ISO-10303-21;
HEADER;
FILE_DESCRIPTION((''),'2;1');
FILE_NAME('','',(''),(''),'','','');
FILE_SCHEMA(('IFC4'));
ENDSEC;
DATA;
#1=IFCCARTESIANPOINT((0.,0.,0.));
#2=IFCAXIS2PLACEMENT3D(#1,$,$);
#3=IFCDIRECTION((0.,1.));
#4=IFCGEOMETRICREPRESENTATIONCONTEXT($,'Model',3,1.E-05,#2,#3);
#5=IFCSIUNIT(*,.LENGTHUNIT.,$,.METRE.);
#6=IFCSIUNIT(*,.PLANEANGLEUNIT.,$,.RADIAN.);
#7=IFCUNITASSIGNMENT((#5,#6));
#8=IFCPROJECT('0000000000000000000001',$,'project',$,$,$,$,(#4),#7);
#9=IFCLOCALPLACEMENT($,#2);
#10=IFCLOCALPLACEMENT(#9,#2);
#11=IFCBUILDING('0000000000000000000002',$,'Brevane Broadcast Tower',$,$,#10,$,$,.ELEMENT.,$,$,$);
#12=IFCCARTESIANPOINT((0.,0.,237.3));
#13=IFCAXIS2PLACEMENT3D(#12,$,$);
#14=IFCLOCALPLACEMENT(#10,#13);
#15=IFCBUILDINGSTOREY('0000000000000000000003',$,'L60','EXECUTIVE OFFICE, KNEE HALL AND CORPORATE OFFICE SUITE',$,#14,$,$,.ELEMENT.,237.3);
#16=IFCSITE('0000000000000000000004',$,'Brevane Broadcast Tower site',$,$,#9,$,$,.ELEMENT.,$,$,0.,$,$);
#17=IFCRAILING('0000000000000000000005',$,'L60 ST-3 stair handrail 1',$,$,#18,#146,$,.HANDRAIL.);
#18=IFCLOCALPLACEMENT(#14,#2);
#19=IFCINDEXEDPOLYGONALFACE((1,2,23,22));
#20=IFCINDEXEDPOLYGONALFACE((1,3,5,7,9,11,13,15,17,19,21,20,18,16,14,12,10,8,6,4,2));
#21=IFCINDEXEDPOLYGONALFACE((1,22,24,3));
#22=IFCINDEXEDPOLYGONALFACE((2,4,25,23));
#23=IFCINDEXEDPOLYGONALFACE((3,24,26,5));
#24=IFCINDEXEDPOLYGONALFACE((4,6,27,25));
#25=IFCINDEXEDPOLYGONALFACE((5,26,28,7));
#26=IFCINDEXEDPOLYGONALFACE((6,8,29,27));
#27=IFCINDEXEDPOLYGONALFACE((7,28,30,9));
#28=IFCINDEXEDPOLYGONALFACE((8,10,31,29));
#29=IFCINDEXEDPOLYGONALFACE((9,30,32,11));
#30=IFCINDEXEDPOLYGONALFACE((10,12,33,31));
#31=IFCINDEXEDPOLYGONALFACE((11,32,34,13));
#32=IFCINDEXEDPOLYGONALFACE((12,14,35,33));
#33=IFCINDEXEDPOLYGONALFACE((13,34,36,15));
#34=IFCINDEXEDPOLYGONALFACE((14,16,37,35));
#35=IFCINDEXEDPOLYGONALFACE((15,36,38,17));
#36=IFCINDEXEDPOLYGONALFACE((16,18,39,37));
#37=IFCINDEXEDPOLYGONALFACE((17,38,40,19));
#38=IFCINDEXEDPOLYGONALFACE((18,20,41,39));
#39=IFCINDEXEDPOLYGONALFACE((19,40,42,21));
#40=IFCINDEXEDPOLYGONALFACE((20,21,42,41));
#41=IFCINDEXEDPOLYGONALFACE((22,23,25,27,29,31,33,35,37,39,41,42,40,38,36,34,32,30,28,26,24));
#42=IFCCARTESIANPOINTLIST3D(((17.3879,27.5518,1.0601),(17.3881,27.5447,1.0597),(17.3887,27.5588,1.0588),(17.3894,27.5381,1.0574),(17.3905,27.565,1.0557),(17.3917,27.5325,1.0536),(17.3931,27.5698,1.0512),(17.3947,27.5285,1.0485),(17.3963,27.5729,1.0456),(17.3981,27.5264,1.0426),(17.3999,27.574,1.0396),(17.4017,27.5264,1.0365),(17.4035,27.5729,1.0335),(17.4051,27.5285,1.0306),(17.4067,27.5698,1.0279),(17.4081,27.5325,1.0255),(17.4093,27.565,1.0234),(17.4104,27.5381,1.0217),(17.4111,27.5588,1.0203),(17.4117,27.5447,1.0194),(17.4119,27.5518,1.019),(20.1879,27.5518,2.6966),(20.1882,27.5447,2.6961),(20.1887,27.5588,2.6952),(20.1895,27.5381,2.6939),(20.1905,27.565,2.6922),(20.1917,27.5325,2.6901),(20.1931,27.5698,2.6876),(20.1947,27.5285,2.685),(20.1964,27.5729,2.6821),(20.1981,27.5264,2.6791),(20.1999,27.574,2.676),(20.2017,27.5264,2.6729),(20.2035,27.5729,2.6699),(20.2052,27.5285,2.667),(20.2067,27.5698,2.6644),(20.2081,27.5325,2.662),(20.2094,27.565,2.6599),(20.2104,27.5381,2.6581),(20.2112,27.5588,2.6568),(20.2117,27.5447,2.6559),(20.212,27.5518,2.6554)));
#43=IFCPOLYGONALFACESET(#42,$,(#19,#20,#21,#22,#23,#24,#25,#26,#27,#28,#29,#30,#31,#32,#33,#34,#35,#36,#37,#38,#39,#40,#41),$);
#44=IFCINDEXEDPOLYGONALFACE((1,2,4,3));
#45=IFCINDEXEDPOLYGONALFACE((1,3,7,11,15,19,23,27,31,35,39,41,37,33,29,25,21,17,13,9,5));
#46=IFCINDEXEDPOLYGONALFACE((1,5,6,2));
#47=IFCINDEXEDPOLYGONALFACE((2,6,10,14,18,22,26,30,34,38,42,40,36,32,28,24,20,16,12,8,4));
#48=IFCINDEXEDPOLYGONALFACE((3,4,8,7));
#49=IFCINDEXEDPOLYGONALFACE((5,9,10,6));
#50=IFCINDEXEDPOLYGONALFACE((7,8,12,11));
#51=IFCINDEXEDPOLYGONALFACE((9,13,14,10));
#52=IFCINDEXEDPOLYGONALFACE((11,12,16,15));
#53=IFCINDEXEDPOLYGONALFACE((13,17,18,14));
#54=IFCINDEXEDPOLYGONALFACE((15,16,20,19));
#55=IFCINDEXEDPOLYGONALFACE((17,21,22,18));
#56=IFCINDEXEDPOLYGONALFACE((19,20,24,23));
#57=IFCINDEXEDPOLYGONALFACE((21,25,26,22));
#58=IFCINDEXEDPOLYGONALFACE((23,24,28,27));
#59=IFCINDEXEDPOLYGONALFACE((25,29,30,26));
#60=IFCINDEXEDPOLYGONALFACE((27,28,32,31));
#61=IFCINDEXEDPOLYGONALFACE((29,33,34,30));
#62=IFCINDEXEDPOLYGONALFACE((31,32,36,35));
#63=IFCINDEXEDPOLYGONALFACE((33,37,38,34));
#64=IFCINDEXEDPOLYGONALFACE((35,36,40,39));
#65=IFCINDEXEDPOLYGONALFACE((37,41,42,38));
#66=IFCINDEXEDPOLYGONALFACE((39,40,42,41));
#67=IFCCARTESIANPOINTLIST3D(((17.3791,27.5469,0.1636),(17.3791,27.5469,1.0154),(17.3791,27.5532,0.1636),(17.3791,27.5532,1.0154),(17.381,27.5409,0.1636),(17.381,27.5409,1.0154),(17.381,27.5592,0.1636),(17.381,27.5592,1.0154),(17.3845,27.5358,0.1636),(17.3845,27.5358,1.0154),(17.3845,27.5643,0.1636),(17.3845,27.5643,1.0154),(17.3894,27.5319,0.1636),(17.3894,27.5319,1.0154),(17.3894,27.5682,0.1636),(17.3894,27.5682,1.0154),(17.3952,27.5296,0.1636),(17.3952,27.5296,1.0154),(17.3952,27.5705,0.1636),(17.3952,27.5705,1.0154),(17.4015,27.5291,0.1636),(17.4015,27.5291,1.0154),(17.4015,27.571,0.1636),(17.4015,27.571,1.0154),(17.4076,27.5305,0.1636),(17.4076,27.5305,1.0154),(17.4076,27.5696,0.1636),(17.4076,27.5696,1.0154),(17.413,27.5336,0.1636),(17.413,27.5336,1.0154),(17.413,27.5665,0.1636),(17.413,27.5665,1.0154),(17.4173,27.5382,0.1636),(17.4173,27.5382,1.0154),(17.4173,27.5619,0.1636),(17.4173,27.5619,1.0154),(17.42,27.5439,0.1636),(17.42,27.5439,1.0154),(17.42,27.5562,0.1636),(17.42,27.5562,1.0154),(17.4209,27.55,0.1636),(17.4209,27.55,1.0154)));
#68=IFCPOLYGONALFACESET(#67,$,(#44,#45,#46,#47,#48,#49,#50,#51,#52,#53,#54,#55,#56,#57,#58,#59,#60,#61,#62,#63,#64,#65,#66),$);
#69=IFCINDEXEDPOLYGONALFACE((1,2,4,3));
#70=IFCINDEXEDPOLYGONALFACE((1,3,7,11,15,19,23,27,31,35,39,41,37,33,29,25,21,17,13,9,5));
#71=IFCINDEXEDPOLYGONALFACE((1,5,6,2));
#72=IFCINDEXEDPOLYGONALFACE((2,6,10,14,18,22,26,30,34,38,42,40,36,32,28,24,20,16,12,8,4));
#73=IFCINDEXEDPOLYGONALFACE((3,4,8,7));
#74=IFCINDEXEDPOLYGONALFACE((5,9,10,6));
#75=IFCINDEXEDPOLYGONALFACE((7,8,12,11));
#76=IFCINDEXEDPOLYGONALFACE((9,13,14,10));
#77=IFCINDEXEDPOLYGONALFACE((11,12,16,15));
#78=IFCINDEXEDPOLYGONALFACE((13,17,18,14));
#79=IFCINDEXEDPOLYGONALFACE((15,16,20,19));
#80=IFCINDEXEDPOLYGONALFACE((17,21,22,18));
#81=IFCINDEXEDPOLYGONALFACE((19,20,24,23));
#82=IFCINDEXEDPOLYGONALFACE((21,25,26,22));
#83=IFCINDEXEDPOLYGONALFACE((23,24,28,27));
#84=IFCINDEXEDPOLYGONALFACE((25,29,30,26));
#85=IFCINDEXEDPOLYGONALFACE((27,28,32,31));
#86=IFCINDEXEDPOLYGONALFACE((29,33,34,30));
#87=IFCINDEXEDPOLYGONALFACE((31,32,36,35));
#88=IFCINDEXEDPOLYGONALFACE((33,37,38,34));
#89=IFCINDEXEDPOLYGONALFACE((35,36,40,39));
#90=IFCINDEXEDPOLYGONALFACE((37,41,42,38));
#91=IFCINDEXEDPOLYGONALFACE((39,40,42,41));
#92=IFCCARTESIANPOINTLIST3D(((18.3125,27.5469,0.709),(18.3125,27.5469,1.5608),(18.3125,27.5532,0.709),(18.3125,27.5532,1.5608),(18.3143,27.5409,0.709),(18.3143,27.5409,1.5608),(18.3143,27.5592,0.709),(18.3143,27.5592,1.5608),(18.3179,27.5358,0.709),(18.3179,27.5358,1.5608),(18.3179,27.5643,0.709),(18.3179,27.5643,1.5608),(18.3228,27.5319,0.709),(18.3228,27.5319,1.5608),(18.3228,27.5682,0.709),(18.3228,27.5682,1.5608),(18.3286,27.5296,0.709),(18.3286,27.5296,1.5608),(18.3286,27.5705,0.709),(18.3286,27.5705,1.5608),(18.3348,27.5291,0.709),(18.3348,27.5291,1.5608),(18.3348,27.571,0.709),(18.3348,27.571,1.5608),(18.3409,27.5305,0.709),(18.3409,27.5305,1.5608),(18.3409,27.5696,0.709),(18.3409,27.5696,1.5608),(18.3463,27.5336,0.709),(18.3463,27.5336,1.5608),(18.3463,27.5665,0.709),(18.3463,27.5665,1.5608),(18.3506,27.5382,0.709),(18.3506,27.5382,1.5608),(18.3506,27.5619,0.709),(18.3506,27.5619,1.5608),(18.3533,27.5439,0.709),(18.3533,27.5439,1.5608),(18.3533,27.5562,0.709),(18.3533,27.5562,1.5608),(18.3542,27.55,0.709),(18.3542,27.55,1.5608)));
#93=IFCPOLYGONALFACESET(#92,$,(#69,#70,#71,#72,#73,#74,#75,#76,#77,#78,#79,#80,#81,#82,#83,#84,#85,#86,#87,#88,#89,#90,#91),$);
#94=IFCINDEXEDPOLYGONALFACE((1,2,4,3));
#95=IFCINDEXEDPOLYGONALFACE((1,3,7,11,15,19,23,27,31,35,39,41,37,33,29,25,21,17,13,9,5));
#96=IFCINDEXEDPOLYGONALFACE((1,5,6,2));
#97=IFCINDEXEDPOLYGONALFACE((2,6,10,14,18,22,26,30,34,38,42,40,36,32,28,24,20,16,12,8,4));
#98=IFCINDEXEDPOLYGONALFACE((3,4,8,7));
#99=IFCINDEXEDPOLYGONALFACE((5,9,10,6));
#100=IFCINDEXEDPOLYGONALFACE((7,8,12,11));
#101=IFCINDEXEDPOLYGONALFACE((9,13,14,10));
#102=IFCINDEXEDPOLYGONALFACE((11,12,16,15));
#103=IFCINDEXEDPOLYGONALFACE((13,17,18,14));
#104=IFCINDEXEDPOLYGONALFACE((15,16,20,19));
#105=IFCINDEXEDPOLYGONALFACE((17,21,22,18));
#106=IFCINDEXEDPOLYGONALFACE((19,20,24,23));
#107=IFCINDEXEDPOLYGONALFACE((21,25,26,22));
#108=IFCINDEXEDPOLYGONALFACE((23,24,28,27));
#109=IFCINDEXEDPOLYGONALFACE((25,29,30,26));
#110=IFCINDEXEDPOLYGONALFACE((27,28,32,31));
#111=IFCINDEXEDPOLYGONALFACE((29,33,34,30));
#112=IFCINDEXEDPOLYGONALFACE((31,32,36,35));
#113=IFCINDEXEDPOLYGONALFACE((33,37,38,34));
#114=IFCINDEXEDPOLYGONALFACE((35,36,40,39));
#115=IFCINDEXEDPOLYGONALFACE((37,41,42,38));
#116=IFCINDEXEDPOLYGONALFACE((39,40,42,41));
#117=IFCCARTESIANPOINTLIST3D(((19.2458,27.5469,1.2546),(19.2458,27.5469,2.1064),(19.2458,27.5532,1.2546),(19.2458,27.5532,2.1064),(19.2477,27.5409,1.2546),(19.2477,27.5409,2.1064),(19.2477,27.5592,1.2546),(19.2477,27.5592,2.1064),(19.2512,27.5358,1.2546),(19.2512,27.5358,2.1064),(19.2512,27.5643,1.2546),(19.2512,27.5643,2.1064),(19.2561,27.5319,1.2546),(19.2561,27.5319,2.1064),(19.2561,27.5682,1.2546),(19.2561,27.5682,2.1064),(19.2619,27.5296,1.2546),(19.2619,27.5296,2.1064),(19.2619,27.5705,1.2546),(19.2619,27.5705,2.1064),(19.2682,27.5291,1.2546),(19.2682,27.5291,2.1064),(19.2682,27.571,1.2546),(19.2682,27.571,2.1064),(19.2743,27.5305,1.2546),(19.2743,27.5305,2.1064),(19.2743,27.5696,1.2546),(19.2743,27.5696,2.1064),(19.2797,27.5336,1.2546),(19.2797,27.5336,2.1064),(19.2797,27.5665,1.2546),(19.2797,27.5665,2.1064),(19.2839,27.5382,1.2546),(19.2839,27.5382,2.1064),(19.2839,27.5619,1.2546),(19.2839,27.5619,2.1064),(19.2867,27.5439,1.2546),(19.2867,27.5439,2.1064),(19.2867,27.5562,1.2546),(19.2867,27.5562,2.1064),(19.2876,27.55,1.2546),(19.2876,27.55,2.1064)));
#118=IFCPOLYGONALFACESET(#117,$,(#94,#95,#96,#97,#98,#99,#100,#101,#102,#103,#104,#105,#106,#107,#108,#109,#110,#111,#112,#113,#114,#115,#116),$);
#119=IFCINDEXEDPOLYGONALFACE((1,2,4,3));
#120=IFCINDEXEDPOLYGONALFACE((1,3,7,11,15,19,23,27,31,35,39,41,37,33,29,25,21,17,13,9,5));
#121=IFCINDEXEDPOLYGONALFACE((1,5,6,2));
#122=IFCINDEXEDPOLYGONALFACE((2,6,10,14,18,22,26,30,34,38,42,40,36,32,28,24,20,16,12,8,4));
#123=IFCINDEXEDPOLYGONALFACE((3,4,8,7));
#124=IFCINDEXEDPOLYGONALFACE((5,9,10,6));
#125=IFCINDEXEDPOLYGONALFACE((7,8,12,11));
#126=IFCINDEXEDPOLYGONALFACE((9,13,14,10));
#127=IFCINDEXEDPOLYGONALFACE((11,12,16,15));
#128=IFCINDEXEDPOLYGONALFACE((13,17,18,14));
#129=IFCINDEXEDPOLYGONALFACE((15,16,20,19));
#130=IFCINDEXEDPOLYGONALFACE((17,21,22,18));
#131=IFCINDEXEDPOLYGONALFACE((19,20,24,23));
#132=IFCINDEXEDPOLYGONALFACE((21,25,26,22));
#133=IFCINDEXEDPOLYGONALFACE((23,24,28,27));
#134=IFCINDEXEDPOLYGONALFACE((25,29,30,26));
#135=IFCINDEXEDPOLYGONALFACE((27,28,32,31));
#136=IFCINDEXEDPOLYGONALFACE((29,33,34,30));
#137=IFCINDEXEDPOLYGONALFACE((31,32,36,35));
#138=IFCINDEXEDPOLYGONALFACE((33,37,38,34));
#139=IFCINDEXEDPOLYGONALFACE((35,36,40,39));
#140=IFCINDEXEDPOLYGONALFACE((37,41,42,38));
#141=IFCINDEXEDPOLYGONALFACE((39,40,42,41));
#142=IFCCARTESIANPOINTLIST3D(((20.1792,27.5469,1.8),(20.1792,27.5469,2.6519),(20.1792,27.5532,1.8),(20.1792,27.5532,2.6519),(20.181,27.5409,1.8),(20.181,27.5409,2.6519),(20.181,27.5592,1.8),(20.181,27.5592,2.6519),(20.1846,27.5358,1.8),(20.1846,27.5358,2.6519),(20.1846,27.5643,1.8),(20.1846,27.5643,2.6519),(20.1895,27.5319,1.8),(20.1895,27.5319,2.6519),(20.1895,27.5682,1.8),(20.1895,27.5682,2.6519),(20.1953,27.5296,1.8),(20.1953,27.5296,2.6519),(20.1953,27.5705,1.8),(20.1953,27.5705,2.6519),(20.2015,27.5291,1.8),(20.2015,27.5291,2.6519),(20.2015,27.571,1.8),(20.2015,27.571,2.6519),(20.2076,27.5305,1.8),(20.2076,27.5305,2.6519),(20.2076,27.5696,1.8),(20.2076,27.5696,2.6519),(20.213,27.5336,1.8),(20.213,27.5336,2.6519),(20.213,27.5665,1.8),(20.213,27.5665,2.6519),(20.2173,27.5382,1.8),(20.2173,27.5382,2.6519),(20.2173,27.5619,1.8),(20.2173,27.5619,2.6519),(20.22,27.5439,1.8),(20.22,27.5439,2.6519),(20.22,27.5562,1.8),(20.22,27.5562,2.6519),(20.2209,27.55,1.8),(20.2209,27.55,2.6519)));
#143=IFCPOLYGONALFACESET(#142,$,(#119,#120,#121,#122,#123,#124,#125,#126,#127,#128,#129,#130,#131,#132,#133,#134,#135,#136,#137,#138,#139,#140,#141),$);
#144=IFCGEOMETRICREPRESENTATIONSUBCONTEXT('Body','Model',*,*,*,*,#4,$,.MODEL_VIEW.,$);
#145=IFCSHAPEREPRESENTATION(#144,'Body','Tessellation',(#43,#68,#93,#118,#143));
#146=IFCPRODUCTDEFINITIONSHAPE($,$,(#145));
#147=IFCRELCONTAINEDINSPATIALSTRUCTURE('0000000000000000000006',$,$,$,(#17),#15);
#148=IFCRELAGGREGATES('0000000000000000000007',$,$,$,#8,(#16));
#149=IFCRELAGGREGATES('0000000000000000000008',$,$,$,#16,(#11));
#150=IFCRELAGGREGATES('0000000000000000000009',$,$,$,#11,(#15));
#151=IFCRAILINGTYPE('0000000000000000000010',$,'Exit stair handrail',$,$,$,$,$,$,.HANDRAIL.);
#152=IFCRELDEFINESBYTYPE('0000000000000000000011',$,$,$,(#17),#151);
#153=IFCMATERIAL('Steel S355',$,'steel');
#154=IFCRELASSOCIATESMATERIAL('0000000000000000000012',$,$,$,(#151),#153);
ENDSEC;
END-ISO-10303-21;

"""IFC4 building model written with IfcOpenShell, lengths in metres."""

from ifc_helpers import new_model, si_unit, direction, frame, origin, origin_2d, place, context, subcontext, project, spatial, circle, extrude, material, type_object, element, save


model = new_model("IFC4")

# Units and contexts
model_context = context("Model", 3, precision=1e-05, world=origin(), true_north=direction((0.0, 1.0)))
body_context = subcontext(model_context, "Body", "Model", "MODEL_VIEW")
ifc_project = project(units=[si_unit("LENGTHUNIT", "METRE"), si_unit("PLANEANGLEUNIT", "RADIAN")], contexts=[model_context])

# Site, building, storey
site_placement = place(None, origin())
site = spatial("IfcSite", under=ifc_project, at=site_placement, Name="Brevane Broadcast Tower site", CompositionType="ELEMENT", RefElevation=0.0)
building_placement = place(site_placement, origin())
building = spatial("IfcBuilding", under=site, at=building_placement, Name="Brevane Broadcast Tower", CompositionType="ELEMENT")
storey_placement = place(building_placement, frame((0.0, 0.0, 237.3)))
storey = spatial("IfcBuildingStorey", under=building, at=storey_placement, Name="L60", Description="EXECUTIVE OFFICE, KNEE HALL AND CORPORATE OFFICE SUITE", CompositionType="ELEMENT", Elevation=237.3)

# Railing
ifc_material_1 = material(Name="Steel S355", Category="steel")
railing_type_1 = type_object("IfcRailingType", Name="Exit stair handrail", PredefinedType="HANDRAIL", material=ifc_material_1)
railing_1_placement = place(storey_placement, frame((17.3999, 27.55, 0.1636)))
element("IfcRailing", 1, at=railing_1_placement, inside=storey, type_object=railing_type_1, Name="L60 ST-3 stair handrail 1", PredefinedType="HANDRAIL", context=body_context, shape_type="SweptSolid", body=[
    extrude(circle(Radius=0.0239, at=origin_2d()), frame((0.0, 0.0, 0.876), z_axis=(0.863361, 0.0, 0.504587), x_axis=(0.0, 1.0, 0.0)), (0.0, 0.0, 1.0), 3.2432),
    extrude(circle(Radius=0.021, at=origin_2d()), origin(), (0.0, 0.0, 1.0), 0.8518),
    extrude(circle(Radius=0.021, at=origin_2d()), frame((0.9333, 0.0, 0.5454)), (0.0, 0.0, 1.0), 0.8518),
    extrude(circle(Radius=0.021, at=origin_2d()), frame((1.8667, 0.0, 1.0911)), (0.0, 0.0, 1.0), 0.8518),
    extrude(circle(Radius=0.021, at=origin_2d()), frame((2.8, 0.0, 1.6365)), (0.0, 0.0, 1.0), 0.8518),
])

save(model, "model.ifc")
